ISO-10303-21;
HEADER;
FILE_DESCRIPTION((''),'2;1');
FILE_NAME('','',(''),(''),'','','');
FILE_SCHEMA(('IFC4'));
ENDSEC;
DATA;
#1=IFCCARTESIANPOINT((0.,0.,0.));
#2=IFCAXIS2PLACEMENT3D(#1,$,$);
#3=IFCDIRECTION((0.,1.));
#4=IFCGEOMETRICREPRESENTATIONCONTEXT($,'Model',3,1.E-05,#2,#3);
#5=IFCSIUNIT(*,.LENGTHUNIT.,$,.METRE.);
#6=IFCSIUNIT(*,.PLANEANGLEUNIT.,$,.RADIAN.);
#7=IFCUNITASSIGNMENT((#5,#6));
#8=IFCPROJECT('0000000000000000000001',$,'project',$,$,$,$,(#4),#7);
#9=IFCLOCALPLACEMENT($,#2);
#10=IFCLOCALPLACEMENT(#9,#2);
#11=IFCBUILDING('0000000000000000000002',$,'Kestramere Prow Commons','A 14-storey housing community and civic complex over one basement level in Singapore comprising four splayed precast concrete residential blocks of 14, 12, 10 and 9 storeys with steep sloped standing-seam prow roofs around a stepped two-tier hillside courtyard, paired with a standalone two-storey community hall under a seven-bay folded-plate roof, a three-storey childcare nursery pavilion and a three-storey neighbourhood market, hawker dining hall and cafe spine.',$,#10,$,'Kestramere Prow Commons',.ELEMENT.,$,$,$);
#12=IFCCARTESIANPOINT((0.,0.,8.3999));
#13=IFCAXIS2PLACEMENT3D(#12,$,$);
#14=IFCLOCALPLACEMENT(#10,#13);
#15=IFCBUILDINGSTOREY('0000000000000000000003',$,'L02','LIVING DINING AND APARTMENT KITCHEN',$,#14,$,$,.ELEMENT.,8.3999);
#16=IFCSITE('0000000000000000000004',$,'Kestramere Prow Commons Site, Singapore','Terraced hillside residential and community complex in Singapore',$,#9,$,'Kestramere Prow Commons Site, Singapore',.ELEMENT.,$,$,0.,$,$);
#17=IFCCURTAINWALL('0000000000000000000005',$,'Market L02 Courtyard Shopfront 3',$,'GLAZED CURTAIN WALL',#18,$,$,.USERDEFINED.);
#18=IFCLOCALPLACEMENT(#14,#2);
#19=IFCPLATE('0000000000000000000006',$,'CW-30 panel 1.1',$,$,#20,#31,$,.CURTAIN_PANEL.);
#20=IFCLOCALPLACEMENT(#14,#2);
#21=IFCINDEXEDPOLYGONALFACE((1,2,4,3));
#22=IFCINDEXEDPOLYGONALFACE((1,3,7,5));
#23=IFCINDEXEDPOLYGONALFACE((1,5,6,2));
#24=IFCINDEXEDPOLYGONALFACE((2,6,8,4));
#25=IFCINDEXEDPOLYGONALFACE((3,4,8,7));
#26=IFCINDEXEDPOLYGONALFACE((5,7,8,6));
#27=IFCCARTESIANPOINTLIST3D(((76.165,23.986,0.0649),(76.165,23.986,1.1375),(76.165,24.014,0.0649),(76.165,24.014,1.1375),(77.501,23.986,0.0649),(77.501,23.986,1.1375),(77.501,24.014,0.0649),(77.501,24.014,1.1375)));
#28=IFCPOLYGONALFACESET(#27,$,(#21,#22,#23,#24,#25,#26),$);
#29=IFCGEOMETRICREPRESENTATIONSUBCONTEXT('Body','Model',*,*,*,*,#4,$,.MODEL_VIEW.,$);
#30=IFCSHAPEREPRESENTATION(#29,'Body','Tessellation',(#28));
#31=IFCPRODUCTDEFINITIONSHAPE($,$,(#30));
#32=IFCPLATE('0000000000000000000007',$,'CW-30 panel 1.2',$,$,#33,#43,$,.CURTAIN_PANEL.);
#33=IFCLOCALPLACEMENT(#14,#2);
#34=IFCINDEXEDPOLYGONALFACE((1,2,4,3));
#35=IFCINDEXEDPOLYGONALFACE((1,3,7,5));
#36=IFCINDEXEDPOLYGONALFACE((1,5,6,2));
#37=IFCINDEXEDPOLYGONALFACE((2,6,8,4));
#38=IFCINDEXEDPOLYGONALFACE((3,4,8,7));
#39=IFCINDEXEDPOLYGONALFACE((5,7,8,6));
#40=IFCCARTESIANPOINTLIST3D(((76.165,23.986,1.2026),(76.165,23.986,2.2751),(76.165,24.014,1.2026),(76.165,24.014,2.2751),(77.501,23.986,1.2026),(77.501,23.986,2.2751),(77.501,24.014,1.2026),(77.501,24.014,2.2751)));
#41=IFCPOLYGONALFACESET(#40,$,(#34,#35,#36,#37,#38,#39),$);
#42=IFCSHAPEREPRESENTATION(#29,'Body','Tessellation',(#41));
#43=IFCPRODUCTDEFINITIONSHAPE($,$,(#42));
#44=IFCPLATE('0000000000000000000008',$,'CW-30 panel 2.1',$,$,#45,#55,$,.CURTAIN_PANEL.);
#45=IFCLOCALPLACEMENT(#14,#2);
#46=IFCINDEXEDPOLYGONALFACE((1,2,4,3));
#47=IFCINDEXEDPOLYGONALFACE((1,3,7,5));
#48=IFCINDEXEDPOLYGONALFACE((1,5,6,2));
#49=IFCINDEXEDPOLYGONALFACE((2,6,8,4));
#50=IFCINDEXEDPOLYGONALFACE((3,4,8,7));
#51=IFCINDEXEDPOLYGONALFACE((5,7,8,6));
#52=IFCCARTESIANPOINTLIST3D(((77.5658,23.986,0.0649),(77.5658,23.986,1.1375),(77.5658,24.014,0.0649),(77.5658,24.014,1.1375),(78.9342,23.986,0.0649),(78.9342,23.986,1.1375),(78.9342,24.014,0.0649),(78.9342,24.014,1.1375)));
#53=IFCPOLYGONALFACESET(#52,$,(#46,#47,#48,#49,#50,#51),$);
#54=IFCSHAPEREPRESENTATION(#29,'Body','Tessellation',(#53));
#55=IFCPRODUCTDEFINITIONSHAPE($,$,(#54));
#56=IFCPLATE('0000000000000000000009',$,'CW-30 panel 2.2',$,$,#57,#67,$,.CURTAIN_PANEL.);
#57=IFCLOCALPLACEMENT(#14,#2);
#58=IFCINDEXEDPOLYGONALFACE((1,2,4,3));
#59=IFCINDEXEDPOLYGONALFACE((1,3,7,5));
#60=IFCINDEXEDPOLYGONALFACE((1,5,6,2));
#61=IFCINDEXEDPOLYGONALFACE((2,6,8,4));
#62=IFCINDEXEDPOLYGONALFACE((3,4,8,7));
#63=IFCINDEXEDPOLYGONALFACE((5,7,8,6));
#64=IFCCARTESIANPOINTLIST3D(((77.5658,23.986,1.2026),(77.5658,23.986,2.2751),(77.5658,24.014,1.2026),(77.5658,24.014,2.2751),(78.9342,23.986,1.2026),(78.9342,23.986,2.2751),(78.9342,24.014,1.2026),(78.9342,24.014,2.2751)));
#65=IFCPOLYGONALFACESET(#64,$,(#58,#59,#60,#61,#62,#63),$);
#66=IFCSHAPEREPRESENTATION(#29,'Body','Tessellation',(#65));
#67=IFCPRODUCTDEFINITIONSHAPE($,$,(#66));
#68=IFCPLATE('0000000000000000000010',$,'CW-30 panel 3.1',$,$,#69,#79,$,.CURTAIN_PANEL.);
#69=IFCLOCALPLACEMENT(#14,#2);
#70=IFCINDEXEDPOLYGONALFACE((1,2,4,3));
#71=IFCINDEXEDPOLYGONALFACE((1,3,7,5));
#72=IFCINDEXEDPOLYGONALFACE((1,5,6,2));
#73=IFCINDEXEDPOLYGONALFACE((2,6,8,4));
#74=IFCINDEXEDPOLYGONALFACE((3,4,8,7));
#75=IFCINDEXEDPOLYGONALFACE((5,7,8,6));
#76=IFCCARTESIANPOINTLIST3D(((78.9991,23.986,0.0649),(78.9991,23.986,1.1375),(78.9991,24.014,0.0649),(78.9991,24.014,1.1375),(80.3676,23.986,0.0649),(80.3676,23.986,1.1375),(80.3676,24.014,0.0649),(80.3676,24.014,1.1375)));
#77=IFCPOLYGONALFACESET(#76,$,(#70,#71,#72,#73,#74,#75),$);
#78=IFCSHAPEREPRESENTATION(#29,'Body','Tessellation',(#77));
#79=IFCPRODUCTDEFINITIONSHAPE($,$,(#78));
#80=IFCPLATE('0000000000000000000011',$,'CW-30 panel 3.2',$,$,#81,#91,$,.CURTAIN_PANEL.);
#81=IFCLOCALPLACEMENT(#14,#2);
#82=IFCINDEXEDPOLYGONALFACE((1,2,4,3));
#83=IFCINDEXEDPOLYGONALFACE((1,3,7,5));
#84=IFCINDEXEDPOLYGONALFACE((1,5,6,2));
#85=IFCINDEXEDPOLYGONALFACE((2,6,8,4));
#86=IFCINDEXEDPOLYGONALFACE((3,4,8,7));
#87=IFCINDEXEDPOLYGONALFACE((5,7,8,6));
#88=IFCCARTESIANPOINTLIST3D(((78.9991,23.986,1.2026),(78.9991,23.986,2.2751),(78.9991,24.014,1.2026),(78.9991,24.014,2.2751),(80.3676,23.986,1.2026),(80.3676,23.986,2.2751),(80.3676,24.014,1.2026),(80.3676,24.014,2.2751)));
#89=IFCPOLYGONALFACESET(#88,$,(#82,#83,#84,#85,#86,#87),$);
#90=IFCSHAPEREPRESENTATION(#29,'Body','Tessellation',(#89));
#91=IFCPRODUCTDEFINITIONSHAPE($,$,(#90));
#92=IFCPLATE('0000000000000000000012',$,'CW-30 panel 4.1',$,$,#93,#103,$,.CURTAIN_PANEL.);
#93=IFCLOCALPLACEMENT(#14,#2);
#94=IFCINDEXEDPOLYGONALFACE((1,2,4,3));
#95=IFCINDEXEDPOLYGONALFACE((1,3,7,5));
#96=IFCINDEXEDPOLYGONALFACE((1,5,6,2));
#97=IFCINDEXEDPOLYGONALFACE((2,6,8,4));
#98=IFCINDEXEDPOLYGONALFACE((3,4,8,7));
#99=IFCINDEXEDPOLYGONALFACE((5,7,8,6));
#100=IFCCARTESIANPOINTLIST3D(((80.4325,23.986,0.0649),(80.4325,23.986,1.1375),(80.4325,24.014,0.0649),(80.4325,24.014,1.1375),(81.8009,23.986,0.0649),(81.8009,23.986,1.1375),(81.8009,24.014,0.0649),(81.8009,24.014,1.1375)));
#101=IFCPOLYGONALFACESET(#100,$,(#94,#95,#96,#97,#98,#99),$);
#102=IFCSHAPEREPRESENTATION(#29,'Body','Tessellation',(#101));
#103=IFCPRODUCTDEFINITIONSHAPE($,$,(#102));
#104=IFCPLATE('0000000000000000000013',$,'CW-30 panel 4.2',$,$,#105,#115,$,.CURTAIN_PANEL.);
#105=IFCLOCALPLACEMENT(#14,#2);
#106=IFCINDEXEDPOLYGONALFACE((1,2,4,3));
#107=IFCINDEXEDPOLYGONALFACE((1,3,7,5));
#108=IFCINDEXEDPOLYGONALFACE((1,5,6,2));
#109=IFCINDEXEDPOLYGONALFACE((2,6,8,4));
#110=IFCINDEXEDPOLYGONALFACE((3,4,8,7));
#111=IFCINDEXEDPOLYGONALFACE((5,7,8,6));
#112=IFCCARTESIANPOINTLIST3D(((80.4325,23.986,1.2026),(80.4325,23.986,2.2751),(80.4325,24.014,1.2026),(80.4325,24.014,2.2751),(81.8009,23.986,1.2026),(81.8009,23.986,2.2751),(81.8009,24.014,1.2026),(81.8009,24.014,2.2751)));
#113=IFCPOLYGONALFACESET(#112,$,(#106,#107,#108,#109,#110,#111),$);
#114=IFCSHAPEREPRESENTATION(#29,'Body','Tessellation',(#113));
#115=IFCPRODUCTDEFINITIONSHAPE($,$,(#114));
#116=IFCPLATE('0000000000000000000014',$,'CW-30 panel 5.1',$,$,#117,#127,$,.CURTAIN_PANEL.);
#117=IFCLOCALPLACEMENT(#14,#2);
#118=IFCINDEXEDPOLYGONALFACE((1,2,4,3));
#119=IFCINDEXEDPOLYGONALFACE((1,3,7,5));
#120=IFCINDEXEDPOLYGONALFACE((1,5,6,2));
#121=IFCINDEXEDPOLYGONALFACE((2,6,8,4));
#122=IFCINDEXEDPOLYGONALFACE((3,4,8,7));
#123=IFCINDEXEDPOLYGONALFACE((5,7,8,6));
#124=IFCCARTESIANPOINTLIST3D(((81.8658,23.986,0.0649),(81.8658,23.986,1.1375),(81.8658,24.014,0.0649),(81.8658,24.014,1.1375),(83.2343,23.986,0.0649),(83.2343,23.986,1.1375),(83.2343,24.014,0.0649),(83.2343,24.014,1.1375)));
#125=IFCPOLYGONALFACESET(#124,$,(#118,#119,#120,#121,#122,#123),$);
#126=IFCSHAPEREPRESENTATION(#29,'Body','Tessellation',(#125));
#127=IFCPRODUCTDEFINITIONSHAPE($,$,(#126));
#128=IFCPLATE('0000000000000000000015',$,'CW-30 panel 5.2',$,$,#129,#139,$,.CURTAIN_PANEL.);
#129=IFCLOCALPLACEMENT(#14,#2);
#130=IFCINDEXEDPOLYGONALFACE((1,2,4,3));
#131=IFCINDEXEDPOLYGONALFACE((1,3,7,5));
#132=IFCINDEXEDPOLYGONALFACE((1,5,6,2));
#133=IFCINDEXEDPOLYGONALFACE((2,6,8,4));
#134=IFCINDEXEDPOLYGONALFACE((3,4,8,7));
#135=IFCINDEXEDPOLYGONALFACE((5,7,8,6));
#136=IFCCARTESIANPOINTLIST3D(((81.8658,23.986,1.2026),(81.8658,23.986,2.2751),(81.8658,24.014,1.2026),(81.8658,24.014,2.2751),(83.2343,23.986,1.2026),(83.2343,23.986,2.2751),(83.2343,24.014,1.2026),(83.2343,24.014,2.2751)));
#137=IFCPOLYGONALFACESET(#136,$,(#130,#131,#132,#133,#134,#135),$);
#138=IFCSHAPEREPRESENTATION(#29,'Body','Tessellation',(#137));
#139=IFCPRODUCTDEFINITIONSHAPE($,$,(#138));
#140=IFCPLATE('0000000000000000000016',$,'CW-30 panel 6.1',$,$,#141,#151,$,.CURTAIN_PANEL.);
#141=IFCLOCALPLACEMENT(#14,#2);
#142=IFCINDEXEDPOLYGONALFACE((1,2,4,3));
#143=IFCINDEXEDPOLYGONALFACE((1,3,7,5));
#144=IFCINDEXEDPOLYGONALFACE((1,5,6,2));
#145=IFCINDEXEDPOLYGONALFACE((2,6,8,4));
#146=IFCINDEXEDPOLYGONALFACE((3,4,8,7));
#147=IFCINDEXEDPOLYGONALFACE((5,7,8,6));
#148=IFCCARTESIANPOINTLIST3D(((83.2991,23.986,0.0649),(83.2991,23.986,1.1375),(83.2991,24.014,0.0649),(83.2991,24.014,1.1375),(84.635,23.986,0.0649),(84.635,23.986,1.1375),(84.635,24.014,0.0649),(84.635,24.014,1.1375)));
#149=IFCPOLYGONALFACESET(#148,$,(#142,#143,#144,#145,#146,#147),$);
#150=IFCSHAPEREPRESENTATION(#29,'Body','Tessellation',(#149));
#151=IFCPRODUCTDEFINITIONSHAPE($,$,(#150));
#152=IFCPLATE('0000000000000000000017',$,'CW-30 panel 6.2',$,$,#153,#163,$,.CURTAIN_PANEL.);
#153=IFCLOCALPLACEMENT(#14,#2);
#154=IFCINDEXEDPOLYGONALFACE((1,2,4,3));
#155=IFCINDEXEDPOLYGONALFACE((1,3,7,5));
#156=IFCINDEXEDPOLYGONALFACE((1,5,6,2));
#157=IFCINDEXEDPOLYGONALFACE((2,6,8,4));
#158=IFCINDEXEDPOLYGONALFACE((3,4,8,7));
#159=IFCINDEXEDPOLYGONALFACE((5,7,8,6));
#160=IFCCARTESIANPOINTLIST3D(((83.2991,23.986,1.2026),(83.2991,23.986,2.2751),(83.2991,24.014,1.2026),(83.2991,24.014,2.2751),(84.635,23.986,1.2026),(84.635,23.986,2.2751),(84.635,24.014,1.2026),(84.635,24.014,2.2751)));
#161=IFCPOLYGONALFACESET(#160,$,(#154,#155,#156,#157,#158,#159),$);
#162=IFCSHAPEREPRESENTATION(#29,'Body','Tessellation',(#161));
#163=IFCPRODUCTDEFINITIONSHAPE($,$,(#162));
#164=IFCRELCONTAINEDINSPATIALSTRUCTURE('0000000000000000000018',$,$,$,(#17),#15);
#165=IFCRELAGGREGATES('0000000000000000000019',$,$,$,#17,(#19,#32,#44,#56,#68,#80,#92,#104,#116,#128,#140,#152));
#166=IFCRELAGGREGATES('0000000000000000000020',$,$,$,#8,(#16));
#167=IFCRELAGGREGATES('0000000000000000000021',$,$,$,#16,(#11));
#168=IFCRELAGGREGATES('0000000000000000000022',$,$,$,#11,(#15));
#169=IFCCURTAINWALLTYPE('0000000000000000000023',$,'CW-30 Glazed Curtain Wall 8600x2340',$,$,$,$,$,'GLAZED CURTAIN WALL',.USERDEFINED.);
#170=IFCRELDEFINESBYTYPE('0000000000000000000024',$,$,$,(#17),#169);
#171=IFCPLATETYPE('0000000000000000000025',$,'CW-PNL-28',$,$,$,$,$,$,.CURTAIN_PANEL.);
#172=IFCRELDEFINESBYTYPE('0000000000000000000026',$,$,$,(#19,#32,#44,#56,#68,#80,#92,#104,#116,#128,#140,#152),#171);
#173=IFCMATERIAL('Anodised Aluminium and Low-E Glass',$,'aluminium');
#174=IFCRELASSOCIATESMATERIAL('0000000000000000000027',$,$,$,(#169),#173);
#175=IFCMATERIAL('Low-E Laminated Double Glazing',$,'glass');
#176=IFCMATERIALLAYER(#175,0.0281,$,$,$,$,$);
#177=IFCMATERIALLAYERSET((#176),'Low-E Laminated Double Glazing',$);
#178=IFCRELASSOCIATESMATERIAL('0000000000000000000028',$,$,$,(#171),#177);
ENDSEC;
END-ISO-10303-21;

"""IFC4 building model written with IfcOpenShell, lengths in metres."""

from ifc_helpers import new_model, si_unit, direction, frame, origin, origin_2d, place, context, subcontext, project, spatial, rectangle, extrude, material, layer, layer_set, type_object, element, aggregate, save


model = new_model("IFC4")

# Units and contexts
model_context = context("Model", 3, precision=1e-05, world=origin(), true_north=direction((0.0, 1.0)))
body_context = subcontext(model_context, "Body", "Model", "MODEL_VIEW")
ifc_project = project(units=[si_unit("LENGTHUNIT", "METRE"), si_unit("PLANEANGLEUNIT", "RADIAN")], contexts=[model_context])

# Site, building, storey
site_placement = place(None, origin())
site = spatial("IfcSite", under=ifc_project, at=site_placement, Name="Kestramere Prow Commons Site, Singapore", Description="Terraced hillside residential and community complex in Singapore", LongName="Kestramere Prow Commons Site, Singapore", CompositionType="ELEMENT", RefElevation=0.0)
building_placement = place(site_placement, origin())
building = spatial("IfcBuilding", under=site, at=building_placement, Name="Kestramere Prow Commons", Description="A 14-storey housing community and civic complex over one basement level in Singapore comprising four splayed precast concrete residential blocks of 14, 12, 10 and 9 storeys with steep sloped standing-seam prow roofs around a stepped two-tier hillside courtyard, paired with a standalone two-storey community hall under a seven-bay folded-plate roof, a three-storey childcare nursery pavilion and a three-storey neighbourhood market, hawker dining hall and cafe spine.", LongName="Kestramere Prow Commons", CompositionType="ELEMENT")
storey_placement = place(building_placement, frame((0.0, 0.0, 8.3999)))
storey = spatial("IfcBuildingStorey", under=building, at=storey_placement, Name="L02", Description="LIVING DINING AND APARTMENT KITCHEN", CompositionType="ELEMENT", Elevation=8.3999)

# Curtain wall, plates
ifc_material_1 = material(Name="Anodised Aluminium and Low-E Glass", Category="aluminium")
curtain_wall_type = type_object("IfcCurtainWallType", Name="CW-30 Glazed Curtain Wall 8600x2340", ElementType="GLAZED CURTAIN WALL", PredefinedType="USERDEFINED", material=ifc_material_1)
curtain_wall_placement = place(storey_placement, origin())
curtain_wall = element("IfcCurtainWall", 1, at=curtain_wall_placement, inside=storey, type_object=curtain_wall_type, Name="Market L02 Courtyard Shopfront 3", ObjectType="GLAZED CURTAIN WALL", PredefinedType="USERDEFINED")
ifc_material_2 = material(Name="Low-E Laminated Double Glazing", Category="glass")
ifc_layer = layer(ifc_material_2, 0.0281)
ifc_layer_set = layer_set([ifc_layer], Name="Low-E Laminated Double Glazing")
plate_type = type_object("IfcPlateType", Name="CW-PNL-28", PredefinedType="CURTAIN_PANEL", material=ifc_layer_set)
plate_1_placement = place(storey_placement, frame((76.833, 24.0, 0.0649), z_axis=(0.0, 0.0, 1.0), x_axis=(1.0, 0.0, 0.0)))
plate_1 = element("IfcPlate", 2, at=plate_1_placement, type_object=plate_type, Name="CW-30 panel 1.1", PredefinedType="CURTAIN_PANEL", context=body_context, shape_type="SweptSolid", body=[
    extrude(rectangle(XDim=1.3359, YDim=0.0281, at=origin_2d()), origin(), (0.0, 0.0, 1.0), 1.0725),
])
plate_2_placement = place(storey_placement, frame((76.833, 24.0, 1.2026), z_axis=(0.0, 0.0, 1.0), x_axis=(1.0, 0.0, 0.0)))
plate_2 = element("IfcPlate", 3, at=plate_2_placement, type_object=plate_type, Name="CW-30 panel 1.2", PredefinedType="CURTAIN_PANEL", context=body_context, shape_type="SweptSolid", body=[
    extrude(rectangle(XDim=1.3359, YDim=0.0281, at=origin_2d()), origin(), (0.0, 0.0, 1.0), 1.0725),
])
plate_3_placement = place(storey_placement, frame((78.25, 24.0, 0.0649), z_axis=(0.0, 0.0, 1.0), x_axis=(1.0, 0.0, 0.0)))
plate_3 = element("IfcPlate", 4, at=plate_3_placement, type_object=plate_type, Name="CW-30 panel 2.1", PredefinedType="CURTAIN_PANEL", context=body_context, shape_type="SweptSolid", body=[
    extrude(rectangle(XDim=1.3684, YDim=0.0281, at=origin_2d()), origin(), (0.0, 0.0, 1.0), 1.0725),
])
plate_4_placement = place(storey_placement, frame((78.25, 24.0, 1.2026), z_axis=(0.0, 0.0, 1.0), x_axis=(1.0, 0.0, 0.0)))
plate_4 = element("IfcPlate", 5, at=plate_4_placement, type_object=plate_type, Name="CW-30 panel 2.2", PredefinedType="CURTAIN_PANEL", context=body_context, shape_type="SweptSolid", body=[
    extrude(rectangle(XDim=1.3684, YDim=0.0281, at=origin_2d()), origin(), (0.0, 0.0, 1.0), 1.0725),
])
plate_5_placement = place(storey_placement, frame((79.6833, 24.0, 0.0649), z_axis=(0.0, 0.0, 1.0), x_axis=(1.0, 0.0, 0.0)))
plate_5 = element("IfcPlate", 6, at=plate_5_placement, type_object=plate_type, Name="CW-30 panel 3.1", PredefinedType="CURTAIN_PANEL", context=body_context, shape_type="SweptSolid", body=[
    extrude(rectangle(XDim=1.3684, YDim=0.0281, at=origin_2d()), origin(), (0.0, 0.0, 1.0), 1.0725),
])
plate_6_placement = place(storey_placement, frame((79.6833, 24.0, 1.2026), z_axis=(0.0, 0.0, 1.0), x_axis=(1.0, 0.0, 0.0)))
plate_6 = element("IfcPlate", 7, at=plate_6_placement, type_object=plate_type, Name="CW-30 panel 3.2", PredefinedType="CURTAIN_PANEL", context=body_context, shape_type="SweptSolid", body=[
    extrude(rectangle(XDim=1.3684, YDim=0.0281, at=origin_2d()), origin(), (0.0, 0.0, 1.0), 1.0725),
])
plate_7_placement = place(storey_placement, frame((81.1167, 24.0, 0.0649), z_axis=(0.0, 0.0, 1.0), x_axis=(1.0, 0.0, 0.0)))
plate_7 = element("IfcPlate", 8, at=plate_7_placement, type_object=plate_type, Name="CW-30 panel 4.1", PredefinedType="CURTAIN_PANEL", context=body_context, shape_type="SweptSolid", body=[
    extrude(rectangle(XDim=1.3684, YDim=0.0281, at=origin_2d()), origin(), (0.0, 0.0, 1.0), 1.0725),
])
plate_8_placement = place(storey_placement, frame((81.1167, 24.0, 1.2026), z_axis=(0.0, 0.0, 1.0), x_axis=(1.0, 0.0, 0.0)))
plate_8 = element("IfcPlate", 9, at=plate_8_placement, type_object=plate_type, Name="CW-30 panel 4.2", PredefinedType="CURTAIN_PANEL", context=body_context, shape_type="SweptSolid", body=[
    extrude(rectangle(XDim=1.3684, YDim=0.0281, at=origin_2d()), origin(), (0.0, 0.0, 1.0), 1.0725),
])
plate_9_placement = place(storey_placement, frame((82.55, 24.0, 0.0649), z_axis=(0.0, 0.0, 1.0), x_axis=(1.0, 0.0, 0.0)))
plate_9 = element("IfcPlate", 10, at=plate_9_placement, type_object=plate_type, Name="CW-30 panel 5.1", PredefinedType="CURTAIN_PANEL", context=body_context, shape_type="SweptSolid", body=[
    extrude(rectangle(XDim=1.3684, YDim=0.0281, at=origin_2d()), origin(), (0.0, 0.0, 1.0), 1.0725),
])
plate_10_placement = place(storey_placement, frame((82.55, 24.0, 1.2026), z_axis=(0.0, 0.0, 1.0), x_axis=(1.0, 0.0, 0.0)))
plate_10 = element("IfcPlate", 11, at=plate_10_placement, type_object=plate_type, Name="CW-30 panel 5.2", PredefinedType="CURTAIN_PANEL", context=body_context, shape_type="SweptSolid", body=[
    extrude(rectangle(XDim=1.3684, YDim=0.0281, at=origin_2d()), origin(), (0.0, 0.0, 1.0), 1.0725),
])
plate_11_placement = place(storey_placement, frame((83.967, 24.0, 0.0649), z_axis=(0.0, 0.0, 1.0), x_axis=(1.0, 0.0, 0.0)))
plate_11 = element("IfcPlate", 12, at=plate_11_placement, type_object=plate_type, Name="CW-30 panel 6.1", PredefinedType="CURTAIN_PANEL", context=body_context, shape_type="SweptSolid", body=[
    extrude(rectangle(XDim=1.3359, YDim=0.0281, at=origin_2d()), origin(), (0.0, 0.0, 1.0), 1.0725),
])
plate_12_placement = place(storey_placement, frame((83.967, 24.0, 1.2026), z_axis=(0.0, 0.0, 1.0), x_axis=(1.0, 0.0, 0.0)))
plate_12 = element("IfcPlate", 13, at=plate_12_placement, type_object=plate_type, Name="CW-30 panel 6.2", PredefinedType="CURTAIN_PANEL", context=body_context, shape_type="SweptSolid", body=[
    extrude(rectangle(XDim=1.3359, YDim=0.0281, at=origin_2d()), origin(), (0.0, 0.0, 1.0), 1.0725),
])
aggregate(curtain_wall, [plate_1, plate_2, plate_3, plate_4, plate_5, plate_6, plate_7, plate_8, plate_9, plate_10, plate_11, plate_12])

save(model, "model.ifc")
